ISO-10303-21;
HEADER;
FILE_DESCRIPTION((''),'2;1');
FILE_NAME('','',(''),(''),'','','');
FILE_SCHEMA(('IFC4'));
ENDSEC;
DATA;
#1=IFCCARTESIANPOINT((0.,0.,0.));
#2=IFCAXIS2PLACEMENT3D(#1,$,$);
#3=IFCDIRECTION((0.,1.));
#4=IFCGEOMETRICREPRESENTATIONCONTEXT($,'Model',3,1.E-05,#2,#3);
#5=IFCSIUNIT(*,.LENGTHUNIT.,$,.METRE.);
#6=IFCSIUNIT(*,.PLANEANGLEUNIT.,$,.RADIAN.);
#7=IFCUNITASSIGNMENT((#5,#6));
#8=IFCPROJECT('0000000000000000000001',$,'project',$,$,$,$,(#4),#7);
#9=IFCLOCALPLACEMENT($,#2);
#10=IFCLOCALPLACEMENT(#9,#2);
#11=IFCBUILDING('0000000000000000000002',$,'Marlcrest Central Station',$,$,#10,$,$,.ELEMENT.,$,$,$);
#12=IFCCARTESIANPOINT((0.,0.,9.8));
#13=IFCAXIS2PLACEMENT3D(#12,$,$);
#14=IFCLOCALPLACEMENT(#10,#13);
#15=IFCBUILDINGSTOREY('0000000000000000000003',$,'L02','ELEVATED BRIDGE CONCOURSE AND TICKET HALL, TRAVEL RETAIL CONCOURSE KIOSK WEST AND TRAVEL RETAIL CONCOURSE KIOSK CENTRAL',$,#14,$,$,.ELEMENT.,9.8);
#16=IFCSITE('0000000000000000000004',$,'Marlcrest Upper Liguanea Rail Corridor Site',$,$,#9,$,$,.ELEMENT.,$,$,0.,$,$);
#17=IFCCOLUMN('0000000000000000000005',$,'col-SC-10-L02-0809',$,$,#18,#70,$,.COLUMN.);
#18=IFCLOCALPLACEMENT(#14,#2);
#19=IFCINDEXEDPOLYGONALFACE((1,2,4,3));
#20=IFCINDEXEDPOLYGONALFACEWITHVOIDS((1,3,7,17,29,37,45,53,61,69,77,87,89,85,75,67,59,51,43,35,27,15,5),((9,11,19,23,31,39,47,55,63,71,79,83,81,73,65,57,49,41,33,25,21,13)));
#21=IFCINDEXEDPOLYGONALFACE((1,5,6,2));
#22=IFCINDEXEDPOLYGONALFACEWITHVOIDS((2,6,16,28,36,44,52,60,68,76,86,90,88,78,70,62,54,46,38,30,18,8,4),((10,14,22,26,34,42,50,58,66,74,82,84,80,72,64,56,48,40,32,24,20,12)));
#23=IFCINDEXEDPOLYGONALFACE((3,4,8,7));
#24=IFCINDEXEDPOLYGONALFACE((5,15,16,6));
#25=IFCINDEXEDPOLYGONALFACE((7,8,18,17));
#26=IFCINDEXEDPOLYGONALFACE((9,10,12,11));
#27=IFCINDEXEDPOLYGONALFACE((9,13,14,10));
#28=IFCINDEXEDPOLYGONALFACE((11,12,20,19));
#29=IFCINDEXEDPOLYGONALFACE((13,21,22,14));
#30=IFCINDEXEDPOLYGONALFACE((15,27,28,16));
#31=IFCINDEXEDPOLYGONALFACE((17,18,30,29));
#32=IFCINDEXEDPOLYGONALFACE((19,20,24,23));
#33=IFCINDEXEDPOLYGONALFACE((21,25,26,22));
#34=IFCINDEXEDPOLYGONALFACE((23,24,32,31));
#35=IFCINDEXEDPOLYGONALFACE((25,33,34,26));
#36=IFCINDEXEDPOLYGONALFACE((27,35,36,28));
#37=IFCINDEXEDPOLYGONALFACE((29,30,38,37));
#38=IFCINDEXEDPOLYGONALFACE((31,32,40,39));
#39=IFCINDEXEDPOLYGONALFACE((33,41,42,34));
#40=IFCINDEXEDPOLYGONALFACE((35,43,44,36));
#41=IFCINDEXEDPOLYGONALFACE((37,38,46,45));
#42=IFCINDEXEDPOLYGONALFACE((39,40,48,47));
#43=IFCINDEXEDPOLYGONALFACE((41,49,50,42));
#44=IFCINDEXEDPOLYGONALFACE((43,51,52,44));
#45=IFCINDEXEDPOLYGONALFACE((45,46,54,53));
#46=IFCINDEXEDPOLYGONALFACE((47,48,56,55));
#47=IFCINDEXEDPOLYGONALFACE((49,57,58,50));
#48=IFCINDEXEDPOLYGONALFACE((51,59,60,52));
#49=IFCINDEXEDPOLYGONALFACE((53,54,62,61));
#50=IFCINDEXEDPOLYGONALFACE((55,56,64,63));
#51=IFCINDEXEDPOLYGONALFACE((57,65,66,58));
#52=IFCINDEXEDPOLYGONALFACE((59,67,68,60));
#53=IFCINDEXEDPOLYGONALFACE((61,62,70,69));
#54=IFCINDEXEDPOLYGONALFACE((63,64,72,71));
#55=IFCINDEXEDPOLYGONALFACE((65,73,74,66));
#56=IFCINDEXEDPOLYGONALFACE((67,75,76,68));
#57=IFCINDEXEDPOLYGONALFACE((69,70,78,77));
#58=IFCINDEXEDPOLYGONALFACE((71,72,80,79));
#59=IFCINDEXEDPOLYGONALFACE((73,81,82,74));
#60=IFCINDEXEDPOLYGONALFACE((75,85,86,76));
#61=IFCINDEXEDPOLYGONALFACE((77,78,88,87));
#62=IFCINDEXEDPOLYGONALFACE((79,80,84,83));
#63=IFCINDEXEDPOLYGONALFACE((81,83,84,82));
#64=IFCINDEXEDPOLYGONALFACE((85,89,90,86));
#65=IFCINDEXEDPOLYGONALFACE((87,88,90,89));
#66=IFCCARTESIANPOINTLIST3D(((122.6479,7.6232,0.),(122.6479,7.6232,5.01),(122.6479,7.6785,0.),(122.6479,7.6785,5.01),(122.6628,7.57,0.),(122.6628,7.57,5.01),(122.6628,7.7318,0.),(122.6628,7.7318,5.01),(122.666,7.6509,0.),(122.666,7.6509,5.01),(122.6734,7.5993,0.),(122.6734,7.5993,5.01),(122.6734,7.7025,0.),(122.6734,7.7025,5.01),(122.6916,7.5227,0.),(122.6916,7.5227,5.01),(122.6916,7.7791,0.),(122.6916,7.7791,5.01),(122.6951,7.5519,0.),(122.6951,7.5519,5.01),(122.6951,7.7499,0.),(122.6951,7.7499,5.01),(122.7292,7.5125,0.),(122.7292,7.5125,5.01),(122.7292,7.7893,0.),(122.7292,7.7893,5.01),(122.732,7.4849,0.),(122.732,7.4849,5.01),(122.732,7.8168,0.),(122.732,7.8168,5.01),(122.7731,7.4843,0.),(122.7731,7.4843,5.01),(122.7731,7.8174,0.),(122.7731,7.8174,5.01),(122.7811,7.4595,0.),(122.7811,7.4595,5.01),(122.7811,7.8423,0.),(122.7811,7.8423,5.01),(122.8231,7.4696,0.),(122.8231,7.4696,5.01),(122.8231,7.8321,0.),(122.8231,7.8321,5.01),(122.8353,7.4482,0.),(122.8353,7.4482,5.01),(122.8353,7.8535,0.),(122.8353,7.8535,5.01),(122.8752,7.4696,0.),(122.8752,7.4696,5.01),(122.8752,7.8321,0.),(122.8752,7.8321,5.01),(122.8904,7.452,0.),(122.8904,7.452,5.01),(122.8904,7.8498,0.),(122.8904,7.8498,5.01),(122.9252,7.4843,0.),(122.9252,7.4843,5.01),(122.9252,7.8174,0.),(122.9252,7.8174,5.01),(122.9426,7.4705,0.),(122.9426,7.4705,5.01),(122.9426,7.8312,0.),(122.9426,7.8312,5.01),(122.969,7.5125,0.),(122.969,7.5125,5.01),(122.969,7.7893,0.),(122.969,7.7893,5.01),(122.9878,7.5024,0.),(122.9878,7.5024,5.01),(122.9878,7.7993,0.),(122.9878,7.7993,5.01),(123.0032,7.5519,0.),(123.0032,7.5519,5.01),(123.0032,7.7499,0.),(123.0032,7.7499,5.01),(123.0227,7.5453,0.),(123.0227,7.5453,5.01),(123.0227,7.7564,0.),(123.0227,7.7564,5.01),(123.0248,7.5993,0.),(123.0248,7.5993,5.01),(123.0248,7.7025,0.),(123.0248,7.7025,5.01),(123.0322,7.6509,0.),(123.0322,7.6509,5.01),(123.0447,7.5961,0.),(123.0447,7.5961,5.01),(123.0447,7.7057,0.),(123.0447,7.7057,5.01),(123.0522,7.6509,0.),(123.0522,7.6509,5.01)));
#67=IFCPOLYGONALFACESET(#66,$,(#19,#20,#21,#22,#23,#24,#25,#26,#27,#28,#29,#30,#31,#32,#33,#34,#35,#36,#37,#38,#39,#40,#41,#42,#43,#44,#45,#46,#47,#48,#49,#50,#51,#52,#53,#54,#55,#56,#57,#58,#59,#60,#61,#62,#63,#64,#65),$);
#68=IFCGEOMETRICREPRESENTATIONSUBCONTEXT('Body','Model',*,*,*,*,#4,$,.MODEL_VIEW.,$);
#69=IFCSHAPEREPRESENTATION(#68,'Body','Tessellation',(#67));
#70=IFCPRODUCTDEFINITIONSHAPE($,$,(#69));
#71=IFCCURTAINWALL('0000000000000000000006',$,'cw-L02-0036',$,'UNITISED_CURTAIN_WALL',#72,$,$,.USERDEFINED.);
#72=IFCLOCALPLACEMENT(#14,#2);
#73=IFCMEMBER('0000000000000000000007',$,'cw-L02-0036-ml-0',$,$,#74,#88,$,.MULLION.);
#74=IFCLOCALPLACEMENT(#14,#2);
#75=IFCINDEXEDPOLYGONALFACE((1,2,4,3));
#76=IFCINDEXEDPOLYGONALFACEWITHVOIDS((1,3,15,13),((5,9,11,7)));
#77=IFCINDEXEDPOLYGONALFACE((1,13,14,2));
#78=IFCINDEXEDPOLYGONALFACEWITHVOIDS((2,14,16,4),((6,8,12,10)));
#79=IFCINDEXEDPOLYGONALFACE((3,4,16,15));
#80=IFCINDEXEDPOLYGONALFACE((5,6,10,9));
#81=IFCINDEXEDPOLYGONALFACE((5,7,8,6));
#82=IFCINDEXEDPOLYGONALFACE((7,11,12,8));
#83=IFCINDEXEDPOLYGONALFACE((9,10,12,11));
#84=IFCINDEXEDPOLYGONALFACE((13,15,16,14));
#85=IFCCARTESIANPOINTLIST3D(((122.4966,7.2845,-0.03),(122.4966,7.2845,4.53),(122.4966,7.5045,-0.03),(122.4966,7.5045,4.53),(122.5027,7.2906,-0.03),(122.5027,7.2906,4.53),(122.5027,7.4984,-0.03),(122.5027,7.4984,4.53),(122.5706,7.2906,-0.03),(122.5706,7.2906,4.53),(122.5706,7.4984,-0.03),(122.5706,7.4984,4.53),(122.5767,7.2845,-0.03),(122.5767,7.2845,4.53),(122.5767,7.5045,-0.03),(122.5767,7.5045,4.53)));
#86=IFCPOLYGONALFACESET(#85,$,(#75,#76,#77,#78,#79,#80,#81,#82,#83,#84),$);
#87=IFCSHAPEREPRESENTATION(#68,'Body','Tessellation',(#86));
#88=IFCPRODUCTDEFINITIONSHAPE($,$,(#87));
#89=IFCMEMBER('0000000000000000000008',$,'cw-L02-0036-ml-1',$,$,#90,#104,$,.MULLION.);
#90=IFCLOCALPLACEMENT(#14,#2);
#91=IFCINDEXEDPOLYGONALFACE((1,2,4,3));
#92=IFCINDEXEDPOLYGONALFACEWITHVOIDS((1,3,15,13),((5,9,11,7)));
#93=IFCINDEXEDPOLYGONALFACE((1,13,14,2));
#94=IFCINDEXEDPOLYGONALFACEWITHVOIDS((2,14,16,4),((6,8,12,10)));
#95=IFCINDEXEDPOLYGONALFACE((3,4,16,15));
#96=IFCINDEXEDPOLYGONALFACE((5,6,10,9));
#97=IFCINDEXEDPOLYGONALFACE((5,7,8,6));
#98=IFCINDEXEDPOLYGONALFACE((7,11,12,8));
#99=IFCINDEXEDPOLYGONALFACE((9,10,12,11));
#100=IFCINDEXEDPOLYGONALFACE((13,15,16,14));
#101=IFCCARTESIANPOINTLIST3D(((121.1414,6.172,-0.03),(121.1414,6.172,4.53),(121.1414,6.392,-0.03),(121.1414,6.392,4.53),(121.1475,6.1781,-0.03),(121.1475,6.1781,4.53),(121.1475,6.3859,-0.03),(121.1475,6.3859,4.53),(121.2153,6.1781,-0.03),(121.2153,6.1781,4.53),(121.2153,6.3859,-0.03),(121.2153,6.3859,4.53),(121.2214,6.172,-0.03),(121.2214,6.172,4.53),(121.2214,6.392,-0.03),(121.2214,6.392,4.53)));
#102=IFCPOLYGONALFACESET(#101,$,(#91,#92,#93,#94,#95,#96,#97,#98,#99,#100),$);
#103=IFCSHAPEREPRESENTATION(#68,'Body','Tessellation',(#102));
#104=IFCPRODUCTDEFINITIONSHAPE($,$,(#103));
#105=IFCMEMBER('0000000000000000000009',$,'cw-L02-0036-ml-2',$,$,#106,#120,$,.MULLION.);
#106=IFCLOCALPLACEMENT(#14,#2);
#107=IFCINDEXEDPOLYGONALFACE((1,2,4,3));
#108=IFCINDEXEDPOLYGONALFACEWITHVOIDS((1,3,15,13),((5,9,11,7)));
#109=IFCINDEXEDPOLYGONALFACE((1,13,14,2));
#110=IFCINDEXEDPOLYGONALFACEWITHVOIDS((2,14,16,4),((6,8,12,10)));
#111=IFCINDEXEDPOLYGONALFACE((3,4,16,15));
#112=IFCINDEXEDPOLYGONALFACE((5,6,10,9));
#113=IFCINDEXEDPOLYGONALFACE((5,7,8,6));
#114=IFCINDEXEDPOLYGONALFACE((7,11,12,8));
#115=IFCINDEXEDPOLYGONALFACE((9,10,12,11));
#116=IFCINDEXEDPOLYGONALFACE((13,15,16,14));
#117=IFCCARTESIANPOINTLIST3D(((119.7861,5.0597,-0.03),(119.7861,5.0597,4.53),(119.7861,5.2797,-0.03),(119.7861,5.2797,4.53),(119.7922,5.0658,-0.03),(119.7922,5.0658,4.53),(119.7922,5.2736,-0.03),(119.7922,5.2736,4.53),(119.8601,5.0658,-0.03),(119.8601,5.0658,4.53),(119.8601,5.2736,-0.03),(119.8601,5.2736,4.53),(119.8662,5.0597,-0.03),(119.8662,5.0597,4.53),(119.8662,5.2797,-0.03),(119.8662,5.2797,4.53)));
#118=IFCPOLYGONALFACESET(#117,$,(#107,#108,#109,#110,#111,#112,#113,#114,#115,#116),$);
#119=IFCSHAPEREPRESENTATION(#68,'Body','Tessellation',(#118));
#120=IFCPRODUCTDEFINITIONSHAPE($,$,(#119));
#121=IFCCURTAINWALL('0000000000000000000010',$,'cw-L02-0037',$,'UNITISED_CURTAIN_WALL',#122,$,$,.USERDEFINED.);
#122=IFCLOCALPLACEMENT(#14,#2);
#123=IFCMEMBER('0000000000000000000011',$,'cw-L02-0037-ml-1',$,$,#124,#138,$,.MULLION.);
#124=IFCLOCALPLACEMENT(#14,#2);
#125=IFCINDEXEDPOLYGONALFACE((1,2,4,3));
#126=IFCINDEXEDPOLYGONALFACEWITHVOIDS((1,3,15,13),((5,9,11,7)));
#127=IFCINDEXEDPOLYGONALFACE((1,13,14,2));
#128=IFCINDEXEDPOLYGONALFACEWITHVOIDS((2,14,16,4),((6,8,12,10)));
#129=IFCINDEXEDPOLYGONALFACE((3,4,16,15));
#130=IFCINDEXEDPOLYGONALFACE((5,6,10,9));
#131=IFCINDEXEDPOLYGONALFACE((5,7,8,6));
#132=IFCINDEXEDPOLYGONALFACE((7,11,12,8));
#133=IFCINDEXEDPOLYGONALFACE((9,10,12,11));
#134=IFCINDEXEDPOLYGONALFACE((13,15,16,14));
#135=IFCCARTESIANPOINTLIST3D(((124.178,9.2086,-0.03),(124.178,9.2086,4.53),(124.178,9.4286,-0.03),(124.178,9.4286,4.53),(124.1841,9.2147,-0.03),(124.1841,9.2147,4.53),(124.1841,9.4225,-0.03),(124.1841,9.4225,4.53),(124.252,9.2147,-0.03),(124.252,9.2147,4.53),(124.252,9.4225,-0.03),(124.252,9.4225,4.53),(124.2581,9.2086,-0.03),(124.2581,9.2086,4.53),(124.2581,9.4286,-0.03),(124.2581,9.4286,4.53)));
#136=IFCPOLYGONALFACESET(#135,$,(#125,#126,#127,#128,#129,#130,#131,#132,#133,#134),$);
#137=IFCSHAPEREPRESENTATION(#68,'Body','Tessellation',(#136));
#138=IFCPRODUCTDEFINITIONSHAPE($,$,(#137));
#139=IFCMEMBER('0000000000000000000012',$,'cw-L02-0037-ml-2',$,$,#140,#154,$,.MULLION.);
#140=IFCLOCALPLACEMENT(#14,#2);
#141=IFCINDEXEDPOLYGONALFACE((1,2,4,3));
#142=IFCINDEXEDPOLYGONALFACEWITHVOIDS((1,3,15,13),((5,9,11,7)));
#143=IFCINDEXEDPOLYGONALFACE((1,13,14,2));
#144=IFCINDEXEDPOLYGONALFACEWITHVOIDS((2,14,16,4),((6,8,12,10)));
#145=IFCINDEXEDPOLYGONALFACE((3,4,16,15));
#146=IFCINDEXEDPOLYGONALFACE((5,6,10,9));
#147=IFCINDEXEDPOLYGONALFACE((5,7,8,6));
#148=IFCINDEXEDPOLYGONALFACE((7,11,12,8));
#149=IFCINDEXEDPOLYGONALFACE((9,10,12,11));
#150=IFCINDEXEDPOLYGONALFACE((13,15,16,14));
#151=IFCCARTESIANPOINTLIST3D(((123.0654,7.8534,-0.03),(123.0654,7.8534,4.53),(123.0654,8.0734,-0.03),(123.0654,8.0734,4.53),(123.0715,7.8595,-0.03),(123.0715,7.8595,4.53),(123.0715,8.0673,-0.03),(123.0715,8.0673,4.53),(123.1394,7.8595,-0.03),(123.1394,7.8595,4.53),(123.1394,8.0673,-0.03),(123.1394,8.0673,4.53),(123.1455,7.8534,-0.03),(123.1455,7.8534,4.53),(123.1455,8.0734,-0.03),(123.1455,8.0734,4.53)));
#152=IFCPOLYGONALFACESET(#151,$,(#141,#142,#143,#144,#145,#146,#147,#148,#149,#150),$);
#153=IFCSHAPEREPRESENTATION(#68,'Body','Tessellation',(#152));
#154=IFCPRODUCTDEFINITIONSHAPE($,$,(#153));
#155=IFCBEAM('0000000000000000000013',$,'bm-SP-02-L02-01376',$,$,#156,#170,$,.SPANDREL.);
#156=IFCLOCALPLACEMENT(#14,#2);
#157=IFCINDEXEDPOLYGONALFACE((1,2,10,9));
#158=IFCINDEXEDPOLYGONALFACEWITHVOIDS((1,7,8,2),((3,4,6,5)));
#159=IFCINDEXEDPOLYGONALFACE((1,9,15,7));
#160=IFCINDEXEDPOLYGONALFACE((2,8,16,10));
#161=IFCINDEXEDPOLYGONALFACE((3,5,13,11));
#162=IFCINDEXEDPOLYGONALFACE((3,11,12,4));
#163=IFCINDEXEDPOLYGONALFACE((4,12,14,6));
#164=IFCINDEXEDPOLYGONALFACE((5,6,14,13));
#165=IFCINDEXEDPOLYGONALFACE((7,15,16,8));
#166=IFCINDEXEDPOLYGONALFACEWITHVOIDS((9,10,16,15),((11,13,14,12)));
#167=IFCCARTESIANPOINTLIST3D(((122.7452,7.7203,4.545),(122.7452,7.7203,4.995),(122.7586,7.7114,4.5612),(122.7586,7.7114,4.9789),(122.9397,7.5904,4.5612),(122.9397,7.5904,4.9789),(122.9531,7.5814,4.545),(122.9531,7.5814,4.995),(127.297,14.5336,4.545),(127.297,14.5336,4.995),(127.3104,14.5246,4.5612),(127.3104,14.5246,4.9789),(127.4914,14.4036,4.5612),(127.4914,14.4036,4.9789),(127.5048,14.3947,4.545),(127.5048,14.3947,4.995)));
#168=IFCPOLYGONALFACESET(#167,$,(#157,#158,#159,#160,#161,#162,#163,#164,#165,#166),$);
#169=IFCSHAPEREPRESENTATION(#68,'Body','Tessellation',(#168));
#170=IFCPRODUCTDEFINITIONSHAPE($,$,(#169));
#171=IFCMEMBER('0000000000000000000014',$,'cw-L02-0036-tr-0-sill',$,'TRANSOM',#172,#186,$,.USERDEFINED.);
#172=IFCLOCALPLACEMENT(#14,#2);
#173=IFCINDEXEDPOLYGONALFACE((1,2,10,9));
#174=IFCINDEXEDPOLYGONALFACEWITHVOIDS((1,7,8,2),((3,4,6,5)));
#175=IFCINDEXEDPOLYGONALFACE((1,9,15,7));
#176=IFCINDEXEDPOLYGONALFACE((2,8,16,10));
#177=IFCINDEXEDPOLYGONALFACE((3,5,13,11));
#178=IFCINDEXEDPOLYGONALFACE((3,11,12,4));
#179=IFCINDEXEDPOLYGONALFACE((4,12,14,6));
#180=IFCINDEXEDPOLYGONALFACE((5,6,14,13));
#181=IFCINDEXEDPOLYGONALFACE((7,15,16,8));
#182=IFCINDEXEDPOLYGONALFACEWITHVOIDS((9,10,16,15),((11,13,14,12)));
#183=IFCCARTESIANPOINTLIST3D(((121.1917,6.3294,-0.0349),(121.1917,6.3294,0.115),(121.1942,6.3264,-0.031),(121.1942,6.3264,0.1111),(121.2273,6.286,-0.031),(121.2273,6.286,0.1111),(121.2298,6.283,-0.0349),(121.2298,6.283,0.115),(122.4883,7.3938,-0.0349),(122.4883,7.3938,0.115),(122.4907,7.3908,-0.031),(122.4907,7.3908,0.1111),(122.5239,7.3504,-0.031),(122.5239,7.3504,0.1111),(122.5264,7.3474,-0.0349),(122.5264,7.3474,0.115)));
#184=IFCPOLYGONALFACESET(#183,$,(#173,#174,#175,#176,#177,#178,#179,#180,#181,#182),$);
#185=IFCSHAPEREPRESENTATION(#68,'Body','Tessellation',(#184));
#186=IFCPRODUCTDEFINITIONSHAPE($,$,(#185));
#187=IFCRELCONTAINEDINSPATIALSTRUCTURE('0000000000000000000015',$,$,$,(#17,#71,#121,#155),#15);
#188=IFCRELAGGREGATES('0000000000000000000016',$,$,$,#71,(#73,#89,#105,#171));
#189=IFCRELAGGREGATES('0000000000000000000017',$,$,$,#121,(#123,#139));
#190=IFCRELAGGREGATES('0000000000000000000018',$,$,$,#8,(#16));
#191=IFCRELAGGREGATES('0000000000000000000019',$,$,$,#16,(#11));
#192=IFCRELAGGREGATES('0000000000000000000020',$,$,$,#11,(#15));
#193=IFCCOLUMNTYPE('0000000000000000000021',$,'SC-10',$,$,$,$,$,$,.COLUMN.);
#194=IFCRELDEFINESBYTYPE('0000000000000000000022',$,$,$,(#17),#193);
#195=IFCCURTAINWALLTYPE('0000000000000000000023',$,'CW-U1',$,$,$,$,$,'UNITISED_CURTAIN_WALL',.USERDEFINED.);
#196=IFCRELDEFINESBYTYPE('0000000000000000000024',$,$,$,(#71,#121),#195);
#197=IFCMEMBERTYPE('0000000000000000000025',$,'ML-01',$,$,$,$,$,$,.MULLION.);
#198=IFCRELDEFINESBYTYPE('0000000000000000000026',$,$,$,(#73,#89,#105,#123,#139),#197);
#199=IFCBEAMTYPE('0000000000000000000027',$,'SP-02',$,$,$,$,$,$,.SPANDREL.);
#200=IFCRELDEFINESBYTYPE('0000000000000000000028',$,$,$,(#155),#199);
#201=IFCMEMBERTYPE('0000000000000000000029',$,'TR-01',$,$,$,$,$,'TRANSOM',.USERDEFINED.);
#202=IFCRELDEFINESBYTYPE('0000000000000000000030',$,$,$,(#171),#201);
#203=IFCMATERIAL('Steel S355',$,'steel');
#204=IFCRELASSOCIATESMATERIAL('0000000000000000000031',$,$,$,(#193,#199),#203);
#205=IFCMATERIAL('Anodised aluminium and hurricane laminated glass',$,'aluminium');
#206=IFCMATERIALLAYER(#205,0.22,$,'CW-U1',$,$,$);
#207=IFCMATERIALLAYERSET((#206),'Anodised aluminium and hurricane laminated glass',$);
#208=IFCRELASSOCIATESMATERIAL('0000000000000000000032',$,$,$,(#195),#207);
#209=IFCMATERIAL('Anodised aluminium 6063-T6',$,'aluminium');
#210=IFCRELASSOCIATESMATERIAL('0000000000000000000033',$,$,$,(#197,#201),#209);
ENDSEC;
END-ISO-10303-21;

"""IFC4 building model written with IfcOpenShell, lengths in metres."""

from ifc_helpers import new_model, si_unit, direction, frame, origin, origin_2d, place, context, subcontext, project, spatial, hollow_rectangle, hollow_circle, extrude, material, layer, layer_set, material_profile, profile_set, type_object, element, aggregate, save


model = new_model("IFC4")

# Units and contexts
model_context = context("Model", 3, precision=1e-05, world=origin(), true_north=direction((0.0, 1.0)))
body_context = subcontext(model_context, "Body", "Model", "MODEL_VIEW")
ifc_project = project(units=[si_unit("LENGTHUNIT", "METRE"), si_unit("PLANEANGLEUNIT", "RADIAN")], contexts=[model_context])

# Site, building, storey
site_placement = place(None, origin())
site = spatial("IfcSite", under=ifc_project, at=site_placement, Name="Marlcrest Upper Liguanea Rail Corridor Site", CompositionType="ELEMENT", RefElevation=0.0)
building_placement = place(site_placement, origin())
building = spatial("IfcBuilding", under=site, at=building_placement, Name="Marlcrest Central Station", CompositionType="ELEMENT")
storey_placement = place(building_placement, frame((0.0, 0.0, 9.8)))
storey = spatial("IfcBuildingStorey", under=building, at=storey_placement, Name="L02", Description="ELEVATED BRIDGE CONCOURSE AND TICKET HALL, TRAVEL RETAIL CONCOURSE KIOSK WEST AND TRAVEL RETAIL CONCOURSE KIOSK CENTRAL", CompositionType="ELEMENT", Elevation=9.8)

# Column
ifc_material_1 = material(Name="Steel S355", Category="steel")
ifc_material_profile_1 = material_profile(ifc_material_1, hollow_circle(Radius=0.2031, WallThickness=0.02, at=origin_2d()), Name="CHS 406.4x20")
ifc_profile_set_1 = profile_set([ifc_material_profile_1], Name="Steel S355")
column_type = type_object("IfcColumnType", Name="SC-10", PredefinedType="COLUMN", material=ifc_profile_set_1)
column_placement = place(storey_placement, frame((122.8491, 7.6509, 0.0), z_axis=(0.0, 0.0, 1.0), x_axis=(1.0, 0.0, 0.0)))
element("IfcColumn", 1, at=column_placement, inside=storey, type_object=column_type, Name="col-SC-10-L02-0809", PredefinedType="COLUMN", context=body_context, shape_type="SweptSolid", body=[
    extrude(hollow_circle(Radius=0.2031, WallThickness=0.02, at=origin_2d()), origin(), (0.0, 0.0, 1.0), 5.01),
])

# Curtain walls, members
ifc_material_2 = material(Name="Anodised aluminium and hurricane laminated glass", Category="aluminium")
ifc_layer_1 = layer(ifc_material_2, 0.22, Name="CW-U1")
ifc_layer_set_1 = layer_set([ifc_layer_1], Name="Anodised aluminium and hurricane laminated glass")
curtain_wall_type = type_object("IfcCurtainWallType", Name="CW-U1", ElementType="UNITISED_CURTAIN_WALL", PredefinedType="USERDEFINED", material=ifc_layer_set_1)
curtain_wall_1_placement = place(storey_placement, origin())
curtain_wall_1 = element("IfcCurtainWall", 2, at=curtain_wall_1_placement, inside=storey, type_object=curtain_wall_type, Name="cw-L02-0036", ObjectType="UNITISED_CURTAIN_WALL", PredefinedType="USERDEFINED")
ifc_material_3 = material(Name="Anodised aluminium 6063-T6", Category="aluminium")
ifc_material_profile_2 = material_profile(ifc_material_3, hollow_rectangle(XDim=0.0801, YDim=0.22, WallThickness=0.0061, at=origin_2d()), Name="AA-RHS 220x80x6")
ifc_profile_set_2 = profile_set([ifc_material_profile_2], Name="Anodised aluminium 6063-T6")
member_type_1 = type_object("IfcMemberType", Name="ML-01", PredefinedType="MULLION", material=ifc_profile_set_2)
member_1_placement = place(storey_placement, frame((122.5366, 7.3945, -0.03), z_axis=(0.0, 0.0, 1.0), x_axis=(1.0, 0.0, 0.0)))
member_1 = element("IfcMember", 3, at=member_1_placement, type_object=member_type_1, Name="cw-L02-0036-ml-0", PredefinedType="MULLION", context=body_context, shape_type="SweptSolid", body=[
    extrude(hollow_rectangle(XDim=0.0801, YDim=0.22, WallThickness=0.0061, at=origin_2d()), origin(), (0.0, 0.0, 1.0), 4.5601),
])
member_2_placement = place(storey_placement, frame((121.1814, 6.282, -0.03), z_axis=(0.0, 0.0, 1.0), x_axis=(1.0, 0.0, 0.0)))
member_2 = element("IfcMember", 4, at=member_2_placement, type_object=member_type_1, Name="cw-L02-0036-ml-1", PredefinedType="MULLION", context=body_context, shape_type="SweptSolid", body=[
    extrude(hollow_rectangle(XDim=0.0801, YDim=0.22, WallThickness=0.0061, at=origin_2d()), origin(), (0.0, 0.0, 1.0), 4.5601),
])
member_3_placement = place(storey_placement, frame((119.8262, 5.1697, -0.03), z_axis=(0.0, 0.0, 1.0), x_axis=(1.0, 0.0, 0.0)))
member_3 = element("IfcMember", 5, at=member_3_placement, type_object=member_type_1, Name="cw-L02-0036-ml-2", PredefinedType="MULLION", context=body_context, shape_type="SweptSolid", body=[
    extrude(hollow_rectangle(XDim=0.0801, YDim=0.22, WallThickness=0.0061, at=origin_2d()), origin(), (0.0, 0.0, 1.0), 4.5601),
])
curtain_wall_2_placement = place(storey_placement, origin())
curtain_wall_2 = element("IfcCurtainWall", 6, at=curtain_wall_2_placement, inside=storey, type_object=curtain_wall_type, Name="cw-L02-0037", ObjectType="UNITISED_CURTAIN_WALL", PredefinedType="USERDEFINED")
member_4_placement = place(storey_placement, frame((124.218, 9.3186, -0.03), z_axis=(0.0, 0.0, 1.0), x_axis=(1.0, 0.0, 0.0)))
member_4 = element("IfcMember", 7, at=member_4_placement, type_object=member_type_1, Name="cw-L02-0037-ml-1", PredefinedType="MULLION", context=body_context, shape_type="SweptSolid", body=[
    extrude(hollow_rectangle(XDim=0.0801, YDim=0.22, WallThickness=0.0061, at=origin_2d()), origin(), (0.0, 0.0, 1.0), 4.5601),
])
member_5_placement = place(storey_placement, frame((123.1055, 7.9634, -0.03), z_axis=(0.0, 0.0, 1.0), x_axis=(1.0, 0.0, 0.0)))
member_5 = element("IfcMember", 8, at=member_5_placement, type_object=member_type_1, Name="cw-L02-0037-ml-2", PredefinedType="MULLION", context=body_context, shape_type="SweptSolid", body=[
    extrude(hollow_rectangle(XDim=0.0801, YDim=0.22, WallThickness=0.0061, at=origin_2d()), origin(), (0.0, 0.0, 1.0), 4.5601),
])

# Beam
ifc_material_profile_3 = material_profile(ifc_material_1, hollow_rectangle(XDim=0.25, YDim=0.45, WallThickness=0.0161, at=origin_2d()), Name="RHS 450x250x16")
ifc_profile_set_3 = profile_set([ifc_material_profile_3], Name="Steel S355")
beam_type = type_object("IfcBeamType", Name="SP-02", PredefinedType="SPANDREL", material=ifc_profile_set_3)
beam_placement = place(storey_placement, frame((122.8491, 7.6509, 4.77), z_axis=(0.555511, 0.831509, 0.0), x_axis=(-0.831509, 0.555511, 0.0)))
element("IfcBeam", 9, at=beam_placement, inside=storey, type_object=beam_type, Name="bm-SP-02-L02-01376", PredefinedType="SPANDREL", context=body_context, shape_type="SweptSolid", body=[
    extrude(hollow_rectangle(XDim=0.25, YDim=0.45, WallThickness=0.0161, at=origin_2d()), origin(), (0.0, 0.0, 1.0), 8.1938),
])

# Member
ifc_material_profile_4 = material_profile(ifc_material_3, hollow_rectangle(XDim=0.0601, YDim=0.1499, WallThickness=0.0039, at=origin_2d()), Name="AA-RHS 150x60x4")
ifc_profile_set_4 = profile_set([ifc_material_profile_4], Name="Anodised aluminium 6063-T6")
member_type_2 = type_object("IfcMemberType", Name="TR-01", ElementType="TRANSOM", PredefinedType="USERDEFINED", material=ifc_profile_set_4)
member_6_placement = place(storey_placement, frame((122.5073, 7.3706, 0.04), z_axis=(-0.772912, -0.634513, 0.0), x_axis=(0.634513, -0.772912, 0.0)))
member_6 = element("IfcMember", 10, at=member_6_placement, type_object=member_type_2, Name="cw-L02-0036-tr-0-sill", ObjectType="TRANSOM", PredefinedType="USERDEFINED", context=body_context, shape_type="SweptSolid", body=[
    extrude(hollow_rectangle(XDim=0.0601, YDim=0.1499, WallThickness=0.0039, at=origin_2d()), origin(), (0.0, 0.0, 1.0), 1.6775),
])

aggregate(curtain_wall_1, [member_1, member_2, member_3, member_6])
aggregate(curtain_wall_2, [member_4, member_5])

save(model, "model.ifc")
